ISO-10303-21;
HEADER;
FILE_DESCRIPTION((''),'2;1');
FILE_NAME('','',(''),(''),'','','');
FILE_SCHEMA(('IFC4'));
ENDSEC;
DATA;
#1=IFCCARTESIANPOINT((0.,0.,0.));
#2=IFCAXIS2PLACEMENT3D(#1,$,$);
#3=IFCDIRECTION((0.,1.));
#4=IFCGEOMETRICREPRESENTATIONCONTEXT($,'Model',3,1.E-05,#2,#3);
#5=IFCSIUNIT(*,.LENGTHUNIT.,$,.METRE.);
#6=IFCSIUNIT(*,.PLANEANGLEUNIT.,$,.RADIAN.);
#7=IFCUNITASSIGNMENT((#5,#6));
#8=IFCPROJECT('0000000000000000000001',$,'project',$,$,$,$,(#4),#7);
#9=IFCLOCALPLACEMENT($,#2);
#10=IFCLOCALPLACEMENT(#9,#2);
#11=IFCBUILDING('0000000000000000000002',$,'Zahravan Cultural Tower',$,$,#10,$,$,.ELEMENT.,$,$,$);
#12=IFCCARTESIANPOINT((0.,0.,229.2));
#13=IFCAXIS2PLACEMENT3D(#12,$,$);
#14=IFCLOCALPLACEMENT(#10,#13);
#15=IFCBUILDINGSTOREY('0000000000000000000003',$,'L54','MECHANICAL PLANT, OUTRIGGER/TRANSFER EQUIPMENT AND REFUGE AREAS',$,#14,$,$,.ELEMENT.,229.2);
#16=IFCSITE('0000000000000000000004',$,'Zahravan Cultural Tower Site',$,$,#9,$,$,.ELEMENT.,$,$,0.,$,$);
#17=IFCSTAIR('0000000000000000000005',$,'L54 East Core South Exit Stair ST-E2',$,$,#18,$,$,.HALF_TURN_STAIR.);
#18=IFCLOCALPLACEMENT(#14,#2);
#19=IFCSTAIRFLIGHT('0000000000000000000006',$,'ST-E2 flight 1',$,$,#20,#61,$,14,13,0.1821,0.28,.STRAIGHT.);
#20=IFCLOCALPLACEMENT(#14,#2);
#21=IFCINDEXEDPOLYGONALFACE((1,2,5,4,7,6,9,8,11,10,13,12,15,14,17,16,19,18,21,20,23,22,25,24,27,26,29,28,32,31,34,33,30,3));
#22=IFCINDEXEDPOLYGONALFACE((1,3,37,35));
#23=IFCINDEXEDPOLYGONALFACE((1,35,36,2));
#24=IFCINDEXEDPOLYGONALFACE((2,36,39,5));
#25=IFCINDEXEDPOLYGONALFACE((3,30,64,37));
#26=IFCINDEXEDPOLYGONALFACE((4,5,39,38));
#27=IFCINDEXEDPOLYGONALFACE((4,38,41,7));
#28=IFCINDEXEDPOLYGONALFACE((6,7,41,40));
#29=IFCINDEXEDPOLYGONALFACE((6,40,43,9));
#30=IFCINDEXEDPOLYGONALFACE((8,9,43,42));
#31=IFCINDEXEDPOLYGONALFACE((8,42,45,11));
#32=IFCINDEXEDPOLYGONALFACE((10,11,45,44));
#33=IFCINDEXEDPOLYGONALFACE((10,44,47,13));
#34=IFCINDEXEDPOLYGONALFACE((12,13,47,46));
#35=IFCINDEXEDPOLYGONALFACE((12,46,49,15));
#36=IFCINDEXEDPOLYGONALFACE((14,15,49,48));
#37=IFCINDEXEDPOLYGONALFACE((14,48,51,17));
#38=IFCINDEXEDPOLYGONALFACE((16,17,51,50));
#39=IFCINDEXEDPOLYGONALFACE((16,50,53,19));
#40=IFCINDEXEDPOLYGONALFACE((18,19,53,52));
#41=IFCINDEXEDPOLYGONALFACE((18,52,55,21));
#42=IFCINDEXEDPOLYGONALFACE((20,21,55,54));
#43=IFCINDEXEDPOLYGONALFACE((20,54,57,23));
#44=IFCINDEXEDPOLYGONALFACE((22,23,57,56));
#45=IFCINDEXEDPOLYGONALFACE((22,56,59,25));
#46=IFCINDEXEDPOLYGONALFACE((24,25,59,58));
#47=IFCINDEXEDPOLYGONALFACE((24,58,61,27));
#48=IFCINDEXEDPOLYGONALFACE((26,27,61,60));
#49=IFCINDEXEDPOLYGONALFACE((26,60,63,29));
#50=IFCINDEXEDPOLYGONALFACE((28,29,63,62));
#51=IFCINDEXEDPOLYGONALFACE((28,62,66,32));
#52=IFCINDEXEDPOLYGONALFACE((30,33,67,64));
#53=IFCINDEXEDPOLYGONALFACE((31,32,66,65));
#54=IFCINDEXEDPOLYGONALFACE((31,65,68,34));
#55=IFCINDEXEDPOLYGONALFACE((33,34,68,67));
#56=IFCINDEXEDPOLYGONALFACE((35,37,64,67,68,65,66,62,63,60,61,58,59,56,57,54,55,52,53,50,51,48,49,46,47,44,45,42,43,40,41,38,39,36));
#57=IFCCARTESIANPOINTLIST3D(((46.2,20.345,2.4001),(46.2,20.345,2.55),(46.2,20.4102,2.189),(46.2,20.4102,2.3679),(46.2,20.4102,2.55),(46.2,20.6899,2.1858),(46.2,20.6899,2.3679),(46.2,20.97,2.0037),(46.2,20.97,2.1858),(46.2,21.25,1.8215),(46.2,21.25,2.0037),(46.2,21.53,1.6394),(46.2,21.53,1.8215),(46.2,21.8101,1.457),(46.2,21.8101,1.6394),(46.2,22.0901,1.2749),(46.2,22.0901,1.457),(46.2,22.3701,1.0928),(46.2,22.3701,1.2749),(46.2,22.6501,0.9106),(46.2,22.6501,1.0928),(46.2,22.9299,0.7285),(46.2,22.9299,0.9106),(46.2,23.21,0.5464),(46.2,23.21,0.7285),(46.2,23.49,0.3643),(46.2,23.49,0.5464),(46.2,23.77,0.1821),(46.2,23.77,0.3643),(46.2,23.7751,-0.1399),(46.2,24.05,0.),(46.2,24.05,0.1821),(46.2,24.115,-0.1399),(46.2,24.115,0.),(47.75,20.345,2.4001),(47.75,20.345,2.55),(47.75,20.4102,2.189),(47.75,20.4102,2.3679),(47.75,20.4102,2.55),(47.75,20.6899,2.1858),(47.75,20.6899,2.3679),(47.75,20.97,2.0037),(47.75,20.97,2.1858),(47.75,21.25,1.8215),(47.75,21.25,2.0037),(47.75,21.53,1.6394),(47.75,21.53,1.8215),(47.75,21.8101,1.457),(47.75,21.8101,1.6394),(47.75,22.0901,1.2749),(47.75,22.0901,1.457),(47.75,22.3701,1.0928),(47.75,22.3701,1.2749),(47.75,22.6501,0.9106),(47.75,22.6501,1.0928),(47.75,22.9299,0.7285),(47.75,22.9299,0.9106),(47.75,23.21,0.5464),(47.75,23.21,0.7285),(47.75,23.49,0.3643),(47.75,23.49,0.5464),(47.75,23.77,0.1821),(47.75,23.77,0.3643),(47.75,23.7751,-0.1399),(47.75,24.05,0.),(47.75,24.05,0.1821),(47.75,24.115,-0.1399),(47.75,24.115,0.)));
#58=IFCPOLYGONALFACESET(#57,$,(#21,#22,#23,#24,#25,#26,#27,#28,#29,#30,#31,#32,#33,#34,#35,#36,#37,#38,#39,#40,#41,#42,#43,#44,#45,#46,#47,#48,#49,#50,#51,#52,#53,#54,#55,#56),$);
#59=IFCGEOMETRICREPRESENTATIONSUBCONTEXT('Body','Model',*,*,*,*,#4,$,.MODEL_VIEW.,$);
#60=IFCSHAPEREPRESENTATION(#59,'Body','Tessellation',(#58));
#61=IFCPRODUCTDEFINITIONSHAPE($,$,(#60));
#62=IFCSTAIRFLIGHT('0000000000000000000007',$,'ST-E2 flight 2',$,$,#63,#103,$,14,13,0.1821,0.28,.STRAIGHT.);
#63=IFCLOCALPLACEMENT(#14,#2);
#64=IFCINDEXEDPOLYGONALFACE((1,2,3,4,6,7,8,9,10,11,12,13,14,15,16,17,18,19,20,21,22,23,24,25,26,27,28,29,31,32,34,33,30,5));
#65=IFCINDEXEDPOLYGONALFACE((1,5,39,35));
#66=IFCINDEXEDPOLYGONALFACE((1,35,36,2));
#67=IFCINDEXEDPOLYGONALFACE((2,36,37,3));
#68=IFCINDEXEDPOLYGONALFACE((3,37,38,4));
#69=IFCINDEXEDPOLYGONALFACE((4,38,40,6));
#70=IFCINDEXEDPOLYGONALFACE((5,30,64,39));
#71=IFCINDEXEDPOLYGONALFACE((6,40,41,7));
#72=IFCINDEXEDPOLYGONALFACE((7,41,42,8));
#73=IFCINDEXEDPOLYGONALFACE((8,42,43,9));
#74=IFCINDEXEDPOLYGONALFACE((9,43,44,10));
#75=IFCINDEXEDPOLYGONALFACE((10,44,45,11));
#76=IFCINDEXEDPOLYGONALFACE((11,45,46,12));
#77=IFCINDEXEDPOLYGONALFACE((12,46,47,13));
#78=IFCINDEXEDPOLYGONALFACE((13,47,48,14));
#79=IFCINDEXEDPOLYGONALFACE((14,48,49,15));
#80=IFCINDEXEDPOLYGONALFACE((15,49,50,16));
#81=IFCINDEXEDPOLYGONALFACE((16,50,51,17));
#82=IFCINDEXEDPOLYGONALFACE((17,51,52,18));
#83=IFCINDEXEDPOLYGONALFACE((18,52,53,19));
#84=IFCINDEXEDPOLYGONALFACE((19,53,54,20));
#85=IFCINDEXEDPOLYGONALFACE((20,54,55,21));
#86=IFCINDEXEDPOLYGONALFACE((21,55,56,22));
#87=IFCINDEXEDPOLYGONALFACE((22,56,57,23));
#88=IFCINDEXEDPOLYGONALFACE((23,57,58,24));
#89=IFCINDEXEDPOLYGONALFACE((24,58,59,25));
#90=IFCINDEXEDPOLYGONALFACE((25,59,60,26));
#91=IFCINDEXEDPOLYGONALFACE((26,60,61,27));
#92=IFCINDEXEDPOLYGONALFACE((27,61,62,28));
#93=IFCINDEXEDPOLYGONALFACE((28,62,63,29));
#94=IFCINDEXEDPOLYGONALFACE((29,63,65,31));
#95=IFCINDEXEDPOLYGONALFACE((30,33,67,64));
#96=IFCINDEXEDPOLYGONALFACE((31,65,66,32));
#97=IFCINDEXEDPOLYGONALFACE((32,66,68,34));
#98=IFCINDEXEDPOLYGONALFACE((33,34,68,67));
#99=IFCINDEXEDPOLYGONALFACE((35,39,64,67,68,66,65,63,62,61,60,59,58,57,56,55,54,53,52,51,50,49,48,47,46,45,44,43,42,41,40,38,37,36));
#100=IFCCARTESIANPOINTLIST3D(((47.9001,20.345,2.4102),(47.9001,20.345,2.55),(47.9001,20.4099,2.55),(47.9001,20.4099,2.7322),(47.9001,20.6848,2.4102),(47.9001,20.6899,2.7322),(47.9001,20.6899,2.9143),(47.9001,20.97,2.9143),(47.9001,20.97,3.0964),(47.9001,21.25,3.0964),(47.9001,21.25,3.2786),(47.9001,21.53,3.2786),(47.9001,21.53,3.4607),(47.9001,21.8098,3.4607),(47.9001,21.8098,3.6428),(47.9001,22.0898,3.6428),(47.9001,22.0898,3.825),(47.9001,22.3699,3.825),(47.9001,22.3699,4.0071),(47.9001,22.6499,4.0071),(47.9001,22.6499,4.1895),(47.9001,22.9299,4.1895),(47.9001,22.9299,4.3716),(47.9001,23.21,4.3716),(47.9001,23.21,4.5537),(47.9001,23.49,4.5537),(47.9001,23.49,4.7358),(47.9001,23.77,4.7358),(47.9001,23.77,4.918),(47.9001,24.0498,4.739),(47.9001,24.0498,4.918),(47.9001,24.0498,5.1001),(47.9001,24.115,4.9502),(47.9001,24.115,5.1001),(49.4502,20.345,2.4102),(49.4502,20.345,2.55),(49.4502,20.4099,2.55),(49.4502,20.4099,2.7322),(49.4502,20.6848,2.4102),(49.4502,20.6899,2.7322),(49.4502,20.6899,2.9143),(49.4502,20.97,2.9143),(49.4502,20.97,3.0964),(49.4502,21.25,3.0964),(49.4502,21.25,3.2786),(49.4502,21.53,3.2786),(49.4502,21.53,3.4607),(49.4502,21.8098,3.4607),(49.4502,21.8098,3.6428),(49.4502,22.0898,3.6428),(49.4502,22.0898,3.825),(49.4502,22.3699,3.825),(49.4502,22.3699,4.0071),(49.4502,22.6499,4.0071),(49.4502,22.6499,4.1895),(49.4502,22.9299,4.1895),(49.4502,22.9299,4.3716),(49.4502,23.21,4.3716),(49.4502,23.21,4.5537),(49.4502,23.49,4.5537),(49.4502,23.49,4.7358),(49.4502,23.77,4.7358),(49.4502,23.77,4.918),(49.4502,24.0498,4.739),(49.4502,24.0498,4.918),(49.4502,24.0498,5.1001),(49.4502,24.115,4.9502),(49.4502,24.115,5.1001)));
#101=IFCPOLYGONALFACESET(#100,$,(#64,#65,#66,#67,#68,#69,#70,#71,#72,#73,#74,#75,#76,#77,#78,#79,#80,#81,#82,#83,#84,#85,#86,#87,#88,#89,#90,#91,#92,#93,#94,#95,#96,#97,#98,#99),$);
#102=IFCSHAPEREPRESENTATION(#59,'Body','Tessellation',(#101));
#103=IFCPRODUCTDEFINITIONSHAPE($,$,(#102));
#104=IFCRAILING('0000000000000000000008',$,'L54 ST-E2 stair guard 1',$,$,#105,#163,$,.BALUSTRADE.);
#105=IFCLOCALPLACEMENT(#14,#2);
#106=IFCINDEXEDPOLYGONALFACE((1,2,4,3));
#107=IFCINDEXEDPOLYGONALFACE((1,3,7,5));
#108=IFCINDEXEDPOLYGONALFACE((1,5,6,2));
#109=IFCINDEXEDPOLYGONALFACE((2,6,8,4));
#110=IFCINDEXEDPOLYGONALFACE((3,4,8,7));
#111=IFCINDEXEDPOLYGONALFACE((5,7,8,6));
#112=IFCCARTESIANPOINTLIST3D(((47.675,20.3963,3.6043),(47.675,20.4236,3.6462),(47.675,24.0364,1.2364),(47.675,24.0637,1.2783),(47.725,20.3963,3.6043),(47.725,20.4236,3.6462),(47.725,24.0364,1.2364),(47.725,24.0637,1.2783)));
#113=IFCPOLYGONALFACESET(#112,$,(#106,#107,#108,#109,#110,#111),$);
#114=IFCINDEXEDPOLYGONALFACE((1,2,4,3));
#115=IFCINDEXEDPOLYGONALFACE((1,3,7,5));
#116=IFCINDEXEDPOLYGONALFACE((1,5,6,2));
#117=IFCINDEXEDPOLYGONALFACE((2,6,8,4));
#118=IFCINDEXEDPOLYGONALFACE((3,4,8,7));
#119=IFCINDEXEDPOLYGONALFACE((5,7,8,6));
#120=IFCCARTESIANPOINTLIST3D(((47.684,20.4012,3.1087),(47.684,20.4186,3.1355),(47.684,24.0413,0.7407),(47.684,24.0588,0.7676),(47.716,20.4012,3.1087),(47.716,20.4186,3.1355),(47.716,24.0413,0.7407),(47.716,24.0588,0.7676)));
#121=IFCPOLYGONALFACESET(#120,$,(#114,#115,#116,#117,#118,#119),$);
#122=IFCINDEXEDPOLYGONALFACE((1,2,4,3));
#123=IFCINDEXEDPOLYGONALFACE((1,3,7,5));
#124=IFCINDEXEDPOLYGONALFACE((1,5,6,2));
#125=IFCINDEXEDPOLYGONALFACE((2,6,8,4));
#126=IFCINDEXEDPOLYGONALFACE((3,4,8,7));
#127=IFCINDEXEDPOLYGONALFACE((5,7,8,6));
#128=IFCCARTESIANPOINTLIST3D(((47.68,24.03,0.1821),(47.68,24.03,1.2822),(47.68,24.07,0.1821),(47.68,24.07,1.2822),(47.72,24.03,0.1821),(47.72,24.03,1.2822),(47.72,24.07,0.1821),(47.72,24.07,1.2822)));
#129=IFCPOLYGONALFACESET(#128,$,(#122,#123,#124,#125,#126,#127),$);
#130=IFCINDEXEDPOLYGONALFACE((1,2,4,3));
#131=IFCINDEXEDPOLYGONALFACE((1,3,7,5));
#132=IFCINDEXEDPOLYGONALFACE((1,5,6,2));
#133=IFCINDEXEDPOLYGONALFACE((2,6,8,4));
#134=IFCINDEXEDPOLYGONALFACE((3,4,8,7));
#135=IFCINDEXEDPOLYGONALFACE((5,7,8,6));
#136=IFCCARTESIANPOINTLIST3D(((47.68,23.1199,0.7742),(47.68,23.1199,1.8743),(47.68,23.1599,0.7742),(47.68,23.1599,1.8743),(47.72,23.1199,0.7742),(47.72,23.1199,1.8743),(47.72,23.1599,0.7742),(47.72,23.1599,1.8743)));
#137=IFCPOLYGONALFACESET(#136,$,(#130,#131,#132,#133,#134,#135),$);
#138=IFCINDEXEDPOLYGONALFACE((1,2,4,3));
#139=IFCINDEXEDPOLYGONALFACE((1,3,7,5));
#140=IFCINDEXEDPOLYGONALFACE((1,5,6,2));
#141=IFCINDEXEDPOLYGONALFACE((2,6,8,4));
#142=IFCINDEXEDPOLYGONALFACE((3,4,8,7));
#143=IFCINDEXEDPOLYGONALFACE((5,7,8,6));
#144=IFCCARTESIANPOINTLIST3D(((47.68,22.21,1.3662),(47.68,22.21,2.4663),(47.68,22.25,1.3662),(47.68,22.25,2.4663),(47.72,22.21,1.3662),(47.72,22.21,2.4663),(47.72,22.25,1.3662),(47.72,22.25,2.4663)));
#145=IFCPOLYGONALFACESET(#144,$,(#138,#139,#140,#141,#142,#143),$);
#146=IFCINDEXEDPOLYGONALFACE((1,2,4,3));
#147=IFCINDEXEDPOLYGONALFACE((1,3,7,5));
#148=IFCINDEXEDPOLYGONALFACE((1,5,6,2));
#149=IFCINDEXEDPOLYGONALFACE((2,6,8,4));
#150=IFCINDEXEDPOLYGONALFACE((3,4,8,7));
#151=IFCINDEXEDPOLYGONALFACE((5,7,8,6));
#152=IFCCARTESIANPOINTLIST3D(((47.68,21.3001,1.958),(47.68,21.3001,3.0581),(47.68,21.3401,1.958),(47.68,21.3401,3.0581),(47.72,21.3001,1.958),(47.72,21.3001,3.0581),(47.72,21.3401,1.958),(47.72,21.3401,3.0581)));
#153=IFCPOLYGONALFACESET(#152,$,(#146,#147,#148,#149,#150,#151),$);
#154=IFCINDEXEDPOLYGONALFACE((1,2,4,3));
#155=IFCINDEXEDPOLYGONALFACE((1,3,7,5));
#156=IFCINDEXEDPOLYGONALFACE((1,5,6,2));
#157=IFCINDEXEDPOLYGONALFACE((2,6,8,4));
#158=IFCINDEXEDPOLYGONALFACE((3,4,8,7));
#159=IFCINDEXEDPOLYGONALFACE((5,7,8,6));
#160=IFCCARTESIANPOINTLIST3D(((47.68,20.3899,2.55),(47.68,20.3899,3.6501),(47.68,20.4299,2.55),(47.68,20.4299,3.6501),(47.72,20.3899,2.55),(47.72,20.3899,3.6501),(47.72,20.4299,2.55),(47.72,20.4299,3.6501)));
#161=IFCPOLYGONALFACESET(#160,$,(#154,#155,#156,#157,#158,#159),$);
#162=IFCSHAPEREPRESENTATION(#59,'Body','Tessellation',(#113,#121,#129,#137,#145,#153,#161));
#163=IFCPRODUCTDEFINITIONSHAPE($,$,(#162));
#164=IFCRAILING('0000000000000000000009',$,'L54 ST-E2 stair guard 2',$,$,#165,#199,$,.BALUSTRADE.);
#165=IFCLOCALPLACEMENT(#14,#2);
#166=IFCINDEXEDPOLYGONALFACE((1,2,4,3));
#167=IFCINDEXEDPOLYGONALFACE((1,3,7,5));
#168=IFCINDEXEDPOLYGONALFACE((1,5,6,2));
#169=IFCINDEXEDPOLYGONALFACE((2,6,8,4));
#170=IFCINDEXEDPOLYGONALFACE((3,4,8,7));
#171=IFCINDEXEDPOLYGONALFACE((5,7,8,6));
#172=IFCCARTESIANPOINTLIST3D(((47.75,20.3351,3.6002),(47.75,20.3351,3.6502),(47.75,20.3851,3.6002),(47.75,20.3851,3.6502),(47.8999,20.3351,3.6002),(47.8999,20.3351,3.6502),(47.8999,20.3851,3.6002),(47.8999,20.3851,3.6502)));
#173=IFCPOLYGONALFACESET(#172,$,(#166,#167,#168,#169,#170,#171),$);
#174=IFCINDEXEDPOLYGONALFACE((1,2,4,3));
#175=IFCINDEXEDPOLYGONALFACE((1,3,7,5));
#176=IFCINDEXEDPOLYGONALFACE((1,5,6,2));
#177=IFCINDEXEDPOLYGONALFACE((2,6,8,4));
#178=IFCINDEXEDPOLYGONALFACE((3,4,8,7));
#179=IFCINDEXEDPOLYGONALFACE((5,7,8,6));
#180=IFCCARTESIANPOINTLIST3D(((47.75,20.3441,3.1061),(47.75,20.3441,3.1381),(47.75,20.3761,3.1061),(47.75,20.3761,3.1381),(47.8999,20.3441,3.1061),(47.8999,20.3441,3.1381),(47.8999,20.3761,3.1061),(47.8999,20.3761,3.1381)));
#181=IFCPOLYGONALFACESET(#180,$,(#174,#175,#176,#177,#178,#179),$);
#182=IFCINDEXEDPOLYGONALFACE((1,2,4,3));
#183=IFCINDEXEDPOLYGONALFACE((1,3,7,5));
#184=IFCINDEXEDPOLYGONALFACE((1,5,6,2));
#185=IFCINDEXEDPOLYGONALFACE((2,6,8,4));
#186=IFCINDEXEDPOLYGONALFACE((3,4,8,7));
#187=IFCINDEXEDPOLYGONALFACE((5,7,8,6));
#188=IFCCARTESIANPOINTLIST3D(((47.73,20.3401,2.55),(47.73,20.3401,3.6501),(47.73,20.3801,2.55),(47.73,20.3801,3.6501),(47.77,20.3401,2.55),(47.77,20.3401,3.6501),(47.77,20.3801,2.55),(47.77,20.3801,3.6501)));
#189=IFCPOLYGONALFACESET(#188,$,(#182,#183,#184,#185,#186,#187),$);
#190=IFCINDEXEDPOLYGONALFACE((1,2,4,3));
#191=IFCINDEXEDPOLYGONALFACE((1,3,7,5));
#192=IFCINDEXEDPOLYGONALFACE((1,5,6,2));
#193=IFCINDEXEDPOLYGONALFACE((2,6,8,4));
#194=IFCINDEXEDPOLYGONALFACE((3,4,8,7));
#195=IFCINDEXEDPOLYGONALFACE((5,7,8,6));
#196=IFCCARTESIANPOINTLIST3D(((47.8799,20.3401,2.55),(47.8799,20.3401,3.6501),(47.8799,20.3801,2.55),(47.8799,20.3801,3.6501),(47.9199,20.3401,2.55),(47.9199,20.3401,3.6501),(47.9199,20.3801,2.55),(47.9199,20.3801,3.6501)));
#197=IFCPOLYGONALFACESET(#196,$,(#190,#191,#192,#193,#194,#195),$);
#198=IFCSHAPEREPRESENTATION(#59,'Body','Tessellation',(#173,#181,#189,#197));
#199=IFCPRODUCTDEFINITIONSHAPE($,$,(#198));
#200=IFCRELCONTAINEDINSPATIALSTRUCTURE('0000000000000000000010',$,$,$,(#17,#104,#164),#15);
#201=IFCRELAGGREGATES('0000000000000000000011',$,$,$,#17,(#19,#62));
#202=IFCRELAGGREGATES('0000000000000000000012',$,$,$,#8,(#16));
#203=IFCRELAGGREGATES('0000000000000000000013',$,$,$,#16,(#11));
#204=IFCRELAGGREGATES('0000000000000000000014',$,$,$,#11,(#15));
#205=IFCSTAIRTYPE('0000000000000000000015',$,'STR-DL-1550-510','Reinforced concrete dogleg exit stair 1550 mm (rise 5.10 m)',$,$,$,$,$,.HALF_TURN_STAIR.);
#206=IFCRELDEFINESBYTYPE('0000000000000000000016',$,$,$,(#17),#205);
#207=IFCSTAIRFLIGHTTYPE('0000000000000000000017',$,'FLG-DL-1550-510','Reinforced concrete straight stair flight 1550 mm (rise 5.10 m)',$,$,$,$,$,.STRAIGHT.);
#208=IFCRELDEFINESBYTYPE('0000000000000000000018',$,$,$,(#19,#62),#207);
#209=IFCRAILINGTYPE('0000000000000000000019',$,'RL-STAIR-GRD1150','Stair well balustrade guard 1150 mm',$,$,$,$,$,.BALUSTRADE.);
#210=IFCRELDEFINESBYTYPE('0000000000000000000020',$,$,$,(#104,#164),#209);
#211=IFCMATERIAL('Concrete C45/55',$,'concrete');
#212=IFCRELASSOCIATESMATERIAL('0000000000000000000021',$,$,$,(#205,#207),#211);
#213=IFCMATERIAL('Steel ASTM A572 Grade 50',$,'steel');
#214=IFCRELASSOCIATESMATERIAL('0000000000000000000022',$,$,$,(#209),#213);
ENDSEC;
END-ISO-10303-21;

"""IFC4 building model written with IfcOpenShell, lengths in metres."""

from ifc_helpers import new_model, si_unit, direction, frame, origin, origin_2d, place, context, subcontext, project, spatial, polyline, rectangle, outline, extrude, material, type_object, element, aggregate, save


model = new_model("IFC4")

# Units and contexts
model_context = context("Model", 3, precision=1e-05, world=origin(), true_north=direction((0.0, 1.0)))
body_context = subcontext(model_context, "Body", "Model", "MODEL_VIEW")
ifc_project = project(units=[si_unit("LENGTHUNIT", "METRE"), si_unit("PLANEANGLEUNIT", "RADIAN")], contexts=[model_context])

# Site, building, storey
site_placement = place(None, origin())
site = spatial("IfcSite", under=ifc_project, at=site_placement, Name="Zahravan Cultural Tower Site", CompositionType="ELEMENT", RefElevation=0.0)
building_placement = place(site_placement, origin())
building = spatial("IfcBuilding", under=site, at=building_placement, Name="Zahravan Cultural Tower", CompositionType="ELEMENT")
storey_placement = place(building_placement, frame((0.0, 0.0, 229.2)))
storey = spatial("IfcBuildingStorey", under=building, at=storey_placement, Name="L54", Description="MECHANICAL PLANT, OUTRIGGER/TRANSFER EQUIPMENT AND REFUGE AREAS", CompositionType="ELEMENT", Elevation=229.2)

# Shared definitions
ifc_material_1 = material(Name="Steel ASTM A572 Grade 50", Category="steel")

# Shared definitions
ifc_material_2 = material(Name="Concrete C45/55", Category="concrete")

# Stair, stair flights
stair_type = type_object("IfcStairType", Name="STR-DL-1550-510", Description="Reinforced concrete dogleg exit stair 1550 mm (rise 5.10 m)", PredefinedType="HALF_TURN_STAIR", material=ifc_material_2)
stair_placement = place(storey_placement, origin())
stair = element("IfcStair", 1, at=stair_placement, inside=storey, type_object=stair_type, Name="L54 East Core South Exit Stair ST-E2", PredefinedType="HALF_TURN_STAIR")
stair_flight_type = type_object("IfcStairFlightType", Name="FLG-DL-1550-510", Description="Reinforced concrete straight stair flight 1550 mm (rise 5.10 m)", PredefinedType="STRAIGHT", material=ifc_material_2)
stair_flight_1_placement = place(storey_placement, frame((46.9751, 24.05, 0.0), z_axis=(0.0, 0.0, 1.0), x_axis=(0.0, -1.0, 0.0)))
stair_flight_1 = element("IfcStairFlight", 2, at=stair_flight_1_placement, type_object=stair_flight_type, Name="ST-E2 flight 1", NumberOfRisers=14, NumberOfTreads=13, PredefinedType="STRAIGHT", RiserHeight=0.1821, TreadLength=0.28, context=body_context, shape_type="SweptSolid", body=[
    extrude(outline(polyline([(-0.0649, -0.1399), (-0.0649, 0.0), (0.0, 0.0), (0.0, 0.1821), (0.28, 0.1821), (0.28, 0.3643), (0.5601, 0.3643), (0.5601, 0.5464), (0.8401, 0.5464), (0.8401, 0.7285), (1.1201, 0.7285), (1.1201, 0.9106), (1.3999, 0.9106), (1.3999, 1.0928), (1.6799, 1.0928), (1.6799, 1.2749), (1.96, 1.2749), (1.96, 1.457), (2.24, 1.457), (2.24, 1.6394), (2.52, 1.6394), (2.52, 1.8215), (2.8, 1.8215), (2.8, 2.0037), (3.0801, 2.0037), (3.0801, 2.1858), (3.3601, 2.1858), (3.3601, 2.3679), (3.6399, 2.3679), (3.6399, 2.55), (3.7051, 2.55), (3.7051, 2.4001), (3.6399, 2.189), (0.2749, -0.1399), (-0.0649, -0.1399)])), frame((0.0, 0.7749, 0.0), z_axis=(0.0, -1.0, 0.0), x_axis=(1.0, 0.0, 0.0)), (0.0, 0.0, 1.0), 1.55),
])
stair_flight_2_placement = place(storey_placement, frame((48.675, 20.4099, 2.55), z_axis=(0.0, 0.0, 1.0), x_axis=(0.0, 1.0, 0.0)))
stair_flight_2 = element("IfcStairFlight", 3, at=stair_flight_2_placement, type_object=stair_flight_type, Name="ST-E2 flight 2", NumberOfRisers=14, NumberOfTreads=13, PredefinedType="STRAIGHT", RiserHeight=0.1821, TreadLength=0.28, context=body_context, shape_type="SweptSolid", body=[
    extrude(outline(polyline([(-0.0649, -0.1399), (-0.0649, 0.0), (0.0, 0.0), (0.0, 0.1821), (0.28, 0.1821), (0.28, 0.3643), (0.5601, 0.3643), (0.5601, 0.5464), (0.8401, 0.5464), (0.8401, 0.7285), (1.1201, 0.7285), (1.1201, 0.9106), (1.3999, 0.9106), (1.3999, 1.0928), (1.6799, 1.0928), (1.6799, 1.2749), (1.96, 1.2749), (1.96, 1.457), (2.24, 1.457), (2.24, 1.6394), (2.52, 1.6394), (2.52, 1.8215), (2.8, 1.8215), (2.8, 2.0037), (3.0801, 2.0037), (3.0801, 2.1858), (3.3601, 2.1858), (3.3601, 2.3679), (3.6399, 2.3679), (3.6399, 2.55), (3.7051, 2.55), (3.7051, 2.4001), (3.6399, 2.189), (0.2749, -0.1399), (-0.0649, -0.1399)])), frame((0.0, 0.7749, 0.0), z_axis=(0.0, -1.0, 0.0), x_axis=(1.0, 0.0, 0.0)), (0.0, 0.0, 1.0), 1.55),
])
aggregate(stair, [stair_flight_1, stair_flight_2])

# Railings
railing_type_1 = type_object("IfcRailingType", Name="RL-STAIR-GRD1150", Description="Stair well balustrade guard 1150 mm", PredefinedType="BALUSTRADE", material=ifc_material_1)
railing_1_placement = place(storey_placement, frame((47.7, 24.05, 0.1821)))
element("IfcRailing", 4, at=railing_1_placement, inside=storey, type_object=railing_type_1, Name="L54 ST-E2 stair guard 1", PredefinedType="BALUSTRADE", context=body_context, shape_type="SweptSolid", body=[
    extrude(rectangle(XDim=0.05, YDim=0.05, at=origin_2d()), frame((0.0, 0.0, 1.0752), z_axis=(0.0, -0.838251, 0.545285), x_axis=(1.0, 0.0, 0.0)), (0.0, 0.0, 1.0), 4.3425),
    extrude(rectangle(XDim=0.032, YDim=0.032, at=origin_2d()), frame((0.0, 0.0, 0.572), z_axis=(0.0, -0.838251, 0.545285), x_axis=(1.0, 0.0, 0.0)), (0.0, 0.0, 1.0), 4.3425),
    extrude(rectangle(XDim=0.04, YDim=0.04, at=origin_2d()), origin(), (0.0, 0.0, 1.0), 1.1001),
    extrude(rectangle(XDim=0.04, YDim=0.04, at=origin_2d()), frame((0.0, -0.9102, 0.592)), (0.0, 0.0, 1.0), 1.1001),
    extrude(rectangle(XDim=0.04, YDim=0.04, at=origin_2d()), frame((0.0, -1.8201, 1.1841)), (0.0, 0.0, 1.0), 1.1001),
    extrude(rectangle(XDim=0.04, YDim=0.04, at=origin_2d()), frame((0.0, -2.73, 1.7759)), (0.0, 0.0, 1.0), 1.1001),
    extrude(rectangle(XDim=0.04, YDim=0.04, at=origin_2d()), frame((0.0, -3.6401, 2.3679)), (0.0, 0.0, 1.0), 1.1001),
])
railing_2_placement = place(storey_placement, frame((47.75, 20.3601, 2.55)))
element("IfcRailing", 5, at=railing_2_placement, inside=storey, type_object=railing_type_1, Name="L54 ST-E2 stair guard 2", PredefinedType="BALUSTRADE", context=body_context, shape_type="SweptSolid", body=[
    extrude(rectangle(XDim=0.05, YDim=0.05, at=origin_2d()), frame((0.0, 0.0, 1.0752), z_axis=(1.0, 0.0, 0.0), x_axis=(0.0, 1.0, 0.0)), (0.0, 0.0, 1.0), 0.1499),
    extrude(rectangle(XDim=0.032, YDim=0.032, at=origin_2d()), frame((0.0, 0.0, 0.572), z_axis=(1.0, 0.0, 0.0), x_axis=(0.0, 1.0, 0.0)), (0.0, 0.0, 1.0), 0.1499),
    extrude(rectangle(XDim=0.04, YDim=0.04, at=origin_2d()), origin(), (0.0, 0.0, 1.0), 1.1001),
    extrude(rectangle(XDim=0.04, YDim=0.04, at=origin_2d()), frame((0.1499, 0.0, 0.0)), (0.0, 0.0, 1.0), 1.1001),
])

save(model, "model.ifc")
